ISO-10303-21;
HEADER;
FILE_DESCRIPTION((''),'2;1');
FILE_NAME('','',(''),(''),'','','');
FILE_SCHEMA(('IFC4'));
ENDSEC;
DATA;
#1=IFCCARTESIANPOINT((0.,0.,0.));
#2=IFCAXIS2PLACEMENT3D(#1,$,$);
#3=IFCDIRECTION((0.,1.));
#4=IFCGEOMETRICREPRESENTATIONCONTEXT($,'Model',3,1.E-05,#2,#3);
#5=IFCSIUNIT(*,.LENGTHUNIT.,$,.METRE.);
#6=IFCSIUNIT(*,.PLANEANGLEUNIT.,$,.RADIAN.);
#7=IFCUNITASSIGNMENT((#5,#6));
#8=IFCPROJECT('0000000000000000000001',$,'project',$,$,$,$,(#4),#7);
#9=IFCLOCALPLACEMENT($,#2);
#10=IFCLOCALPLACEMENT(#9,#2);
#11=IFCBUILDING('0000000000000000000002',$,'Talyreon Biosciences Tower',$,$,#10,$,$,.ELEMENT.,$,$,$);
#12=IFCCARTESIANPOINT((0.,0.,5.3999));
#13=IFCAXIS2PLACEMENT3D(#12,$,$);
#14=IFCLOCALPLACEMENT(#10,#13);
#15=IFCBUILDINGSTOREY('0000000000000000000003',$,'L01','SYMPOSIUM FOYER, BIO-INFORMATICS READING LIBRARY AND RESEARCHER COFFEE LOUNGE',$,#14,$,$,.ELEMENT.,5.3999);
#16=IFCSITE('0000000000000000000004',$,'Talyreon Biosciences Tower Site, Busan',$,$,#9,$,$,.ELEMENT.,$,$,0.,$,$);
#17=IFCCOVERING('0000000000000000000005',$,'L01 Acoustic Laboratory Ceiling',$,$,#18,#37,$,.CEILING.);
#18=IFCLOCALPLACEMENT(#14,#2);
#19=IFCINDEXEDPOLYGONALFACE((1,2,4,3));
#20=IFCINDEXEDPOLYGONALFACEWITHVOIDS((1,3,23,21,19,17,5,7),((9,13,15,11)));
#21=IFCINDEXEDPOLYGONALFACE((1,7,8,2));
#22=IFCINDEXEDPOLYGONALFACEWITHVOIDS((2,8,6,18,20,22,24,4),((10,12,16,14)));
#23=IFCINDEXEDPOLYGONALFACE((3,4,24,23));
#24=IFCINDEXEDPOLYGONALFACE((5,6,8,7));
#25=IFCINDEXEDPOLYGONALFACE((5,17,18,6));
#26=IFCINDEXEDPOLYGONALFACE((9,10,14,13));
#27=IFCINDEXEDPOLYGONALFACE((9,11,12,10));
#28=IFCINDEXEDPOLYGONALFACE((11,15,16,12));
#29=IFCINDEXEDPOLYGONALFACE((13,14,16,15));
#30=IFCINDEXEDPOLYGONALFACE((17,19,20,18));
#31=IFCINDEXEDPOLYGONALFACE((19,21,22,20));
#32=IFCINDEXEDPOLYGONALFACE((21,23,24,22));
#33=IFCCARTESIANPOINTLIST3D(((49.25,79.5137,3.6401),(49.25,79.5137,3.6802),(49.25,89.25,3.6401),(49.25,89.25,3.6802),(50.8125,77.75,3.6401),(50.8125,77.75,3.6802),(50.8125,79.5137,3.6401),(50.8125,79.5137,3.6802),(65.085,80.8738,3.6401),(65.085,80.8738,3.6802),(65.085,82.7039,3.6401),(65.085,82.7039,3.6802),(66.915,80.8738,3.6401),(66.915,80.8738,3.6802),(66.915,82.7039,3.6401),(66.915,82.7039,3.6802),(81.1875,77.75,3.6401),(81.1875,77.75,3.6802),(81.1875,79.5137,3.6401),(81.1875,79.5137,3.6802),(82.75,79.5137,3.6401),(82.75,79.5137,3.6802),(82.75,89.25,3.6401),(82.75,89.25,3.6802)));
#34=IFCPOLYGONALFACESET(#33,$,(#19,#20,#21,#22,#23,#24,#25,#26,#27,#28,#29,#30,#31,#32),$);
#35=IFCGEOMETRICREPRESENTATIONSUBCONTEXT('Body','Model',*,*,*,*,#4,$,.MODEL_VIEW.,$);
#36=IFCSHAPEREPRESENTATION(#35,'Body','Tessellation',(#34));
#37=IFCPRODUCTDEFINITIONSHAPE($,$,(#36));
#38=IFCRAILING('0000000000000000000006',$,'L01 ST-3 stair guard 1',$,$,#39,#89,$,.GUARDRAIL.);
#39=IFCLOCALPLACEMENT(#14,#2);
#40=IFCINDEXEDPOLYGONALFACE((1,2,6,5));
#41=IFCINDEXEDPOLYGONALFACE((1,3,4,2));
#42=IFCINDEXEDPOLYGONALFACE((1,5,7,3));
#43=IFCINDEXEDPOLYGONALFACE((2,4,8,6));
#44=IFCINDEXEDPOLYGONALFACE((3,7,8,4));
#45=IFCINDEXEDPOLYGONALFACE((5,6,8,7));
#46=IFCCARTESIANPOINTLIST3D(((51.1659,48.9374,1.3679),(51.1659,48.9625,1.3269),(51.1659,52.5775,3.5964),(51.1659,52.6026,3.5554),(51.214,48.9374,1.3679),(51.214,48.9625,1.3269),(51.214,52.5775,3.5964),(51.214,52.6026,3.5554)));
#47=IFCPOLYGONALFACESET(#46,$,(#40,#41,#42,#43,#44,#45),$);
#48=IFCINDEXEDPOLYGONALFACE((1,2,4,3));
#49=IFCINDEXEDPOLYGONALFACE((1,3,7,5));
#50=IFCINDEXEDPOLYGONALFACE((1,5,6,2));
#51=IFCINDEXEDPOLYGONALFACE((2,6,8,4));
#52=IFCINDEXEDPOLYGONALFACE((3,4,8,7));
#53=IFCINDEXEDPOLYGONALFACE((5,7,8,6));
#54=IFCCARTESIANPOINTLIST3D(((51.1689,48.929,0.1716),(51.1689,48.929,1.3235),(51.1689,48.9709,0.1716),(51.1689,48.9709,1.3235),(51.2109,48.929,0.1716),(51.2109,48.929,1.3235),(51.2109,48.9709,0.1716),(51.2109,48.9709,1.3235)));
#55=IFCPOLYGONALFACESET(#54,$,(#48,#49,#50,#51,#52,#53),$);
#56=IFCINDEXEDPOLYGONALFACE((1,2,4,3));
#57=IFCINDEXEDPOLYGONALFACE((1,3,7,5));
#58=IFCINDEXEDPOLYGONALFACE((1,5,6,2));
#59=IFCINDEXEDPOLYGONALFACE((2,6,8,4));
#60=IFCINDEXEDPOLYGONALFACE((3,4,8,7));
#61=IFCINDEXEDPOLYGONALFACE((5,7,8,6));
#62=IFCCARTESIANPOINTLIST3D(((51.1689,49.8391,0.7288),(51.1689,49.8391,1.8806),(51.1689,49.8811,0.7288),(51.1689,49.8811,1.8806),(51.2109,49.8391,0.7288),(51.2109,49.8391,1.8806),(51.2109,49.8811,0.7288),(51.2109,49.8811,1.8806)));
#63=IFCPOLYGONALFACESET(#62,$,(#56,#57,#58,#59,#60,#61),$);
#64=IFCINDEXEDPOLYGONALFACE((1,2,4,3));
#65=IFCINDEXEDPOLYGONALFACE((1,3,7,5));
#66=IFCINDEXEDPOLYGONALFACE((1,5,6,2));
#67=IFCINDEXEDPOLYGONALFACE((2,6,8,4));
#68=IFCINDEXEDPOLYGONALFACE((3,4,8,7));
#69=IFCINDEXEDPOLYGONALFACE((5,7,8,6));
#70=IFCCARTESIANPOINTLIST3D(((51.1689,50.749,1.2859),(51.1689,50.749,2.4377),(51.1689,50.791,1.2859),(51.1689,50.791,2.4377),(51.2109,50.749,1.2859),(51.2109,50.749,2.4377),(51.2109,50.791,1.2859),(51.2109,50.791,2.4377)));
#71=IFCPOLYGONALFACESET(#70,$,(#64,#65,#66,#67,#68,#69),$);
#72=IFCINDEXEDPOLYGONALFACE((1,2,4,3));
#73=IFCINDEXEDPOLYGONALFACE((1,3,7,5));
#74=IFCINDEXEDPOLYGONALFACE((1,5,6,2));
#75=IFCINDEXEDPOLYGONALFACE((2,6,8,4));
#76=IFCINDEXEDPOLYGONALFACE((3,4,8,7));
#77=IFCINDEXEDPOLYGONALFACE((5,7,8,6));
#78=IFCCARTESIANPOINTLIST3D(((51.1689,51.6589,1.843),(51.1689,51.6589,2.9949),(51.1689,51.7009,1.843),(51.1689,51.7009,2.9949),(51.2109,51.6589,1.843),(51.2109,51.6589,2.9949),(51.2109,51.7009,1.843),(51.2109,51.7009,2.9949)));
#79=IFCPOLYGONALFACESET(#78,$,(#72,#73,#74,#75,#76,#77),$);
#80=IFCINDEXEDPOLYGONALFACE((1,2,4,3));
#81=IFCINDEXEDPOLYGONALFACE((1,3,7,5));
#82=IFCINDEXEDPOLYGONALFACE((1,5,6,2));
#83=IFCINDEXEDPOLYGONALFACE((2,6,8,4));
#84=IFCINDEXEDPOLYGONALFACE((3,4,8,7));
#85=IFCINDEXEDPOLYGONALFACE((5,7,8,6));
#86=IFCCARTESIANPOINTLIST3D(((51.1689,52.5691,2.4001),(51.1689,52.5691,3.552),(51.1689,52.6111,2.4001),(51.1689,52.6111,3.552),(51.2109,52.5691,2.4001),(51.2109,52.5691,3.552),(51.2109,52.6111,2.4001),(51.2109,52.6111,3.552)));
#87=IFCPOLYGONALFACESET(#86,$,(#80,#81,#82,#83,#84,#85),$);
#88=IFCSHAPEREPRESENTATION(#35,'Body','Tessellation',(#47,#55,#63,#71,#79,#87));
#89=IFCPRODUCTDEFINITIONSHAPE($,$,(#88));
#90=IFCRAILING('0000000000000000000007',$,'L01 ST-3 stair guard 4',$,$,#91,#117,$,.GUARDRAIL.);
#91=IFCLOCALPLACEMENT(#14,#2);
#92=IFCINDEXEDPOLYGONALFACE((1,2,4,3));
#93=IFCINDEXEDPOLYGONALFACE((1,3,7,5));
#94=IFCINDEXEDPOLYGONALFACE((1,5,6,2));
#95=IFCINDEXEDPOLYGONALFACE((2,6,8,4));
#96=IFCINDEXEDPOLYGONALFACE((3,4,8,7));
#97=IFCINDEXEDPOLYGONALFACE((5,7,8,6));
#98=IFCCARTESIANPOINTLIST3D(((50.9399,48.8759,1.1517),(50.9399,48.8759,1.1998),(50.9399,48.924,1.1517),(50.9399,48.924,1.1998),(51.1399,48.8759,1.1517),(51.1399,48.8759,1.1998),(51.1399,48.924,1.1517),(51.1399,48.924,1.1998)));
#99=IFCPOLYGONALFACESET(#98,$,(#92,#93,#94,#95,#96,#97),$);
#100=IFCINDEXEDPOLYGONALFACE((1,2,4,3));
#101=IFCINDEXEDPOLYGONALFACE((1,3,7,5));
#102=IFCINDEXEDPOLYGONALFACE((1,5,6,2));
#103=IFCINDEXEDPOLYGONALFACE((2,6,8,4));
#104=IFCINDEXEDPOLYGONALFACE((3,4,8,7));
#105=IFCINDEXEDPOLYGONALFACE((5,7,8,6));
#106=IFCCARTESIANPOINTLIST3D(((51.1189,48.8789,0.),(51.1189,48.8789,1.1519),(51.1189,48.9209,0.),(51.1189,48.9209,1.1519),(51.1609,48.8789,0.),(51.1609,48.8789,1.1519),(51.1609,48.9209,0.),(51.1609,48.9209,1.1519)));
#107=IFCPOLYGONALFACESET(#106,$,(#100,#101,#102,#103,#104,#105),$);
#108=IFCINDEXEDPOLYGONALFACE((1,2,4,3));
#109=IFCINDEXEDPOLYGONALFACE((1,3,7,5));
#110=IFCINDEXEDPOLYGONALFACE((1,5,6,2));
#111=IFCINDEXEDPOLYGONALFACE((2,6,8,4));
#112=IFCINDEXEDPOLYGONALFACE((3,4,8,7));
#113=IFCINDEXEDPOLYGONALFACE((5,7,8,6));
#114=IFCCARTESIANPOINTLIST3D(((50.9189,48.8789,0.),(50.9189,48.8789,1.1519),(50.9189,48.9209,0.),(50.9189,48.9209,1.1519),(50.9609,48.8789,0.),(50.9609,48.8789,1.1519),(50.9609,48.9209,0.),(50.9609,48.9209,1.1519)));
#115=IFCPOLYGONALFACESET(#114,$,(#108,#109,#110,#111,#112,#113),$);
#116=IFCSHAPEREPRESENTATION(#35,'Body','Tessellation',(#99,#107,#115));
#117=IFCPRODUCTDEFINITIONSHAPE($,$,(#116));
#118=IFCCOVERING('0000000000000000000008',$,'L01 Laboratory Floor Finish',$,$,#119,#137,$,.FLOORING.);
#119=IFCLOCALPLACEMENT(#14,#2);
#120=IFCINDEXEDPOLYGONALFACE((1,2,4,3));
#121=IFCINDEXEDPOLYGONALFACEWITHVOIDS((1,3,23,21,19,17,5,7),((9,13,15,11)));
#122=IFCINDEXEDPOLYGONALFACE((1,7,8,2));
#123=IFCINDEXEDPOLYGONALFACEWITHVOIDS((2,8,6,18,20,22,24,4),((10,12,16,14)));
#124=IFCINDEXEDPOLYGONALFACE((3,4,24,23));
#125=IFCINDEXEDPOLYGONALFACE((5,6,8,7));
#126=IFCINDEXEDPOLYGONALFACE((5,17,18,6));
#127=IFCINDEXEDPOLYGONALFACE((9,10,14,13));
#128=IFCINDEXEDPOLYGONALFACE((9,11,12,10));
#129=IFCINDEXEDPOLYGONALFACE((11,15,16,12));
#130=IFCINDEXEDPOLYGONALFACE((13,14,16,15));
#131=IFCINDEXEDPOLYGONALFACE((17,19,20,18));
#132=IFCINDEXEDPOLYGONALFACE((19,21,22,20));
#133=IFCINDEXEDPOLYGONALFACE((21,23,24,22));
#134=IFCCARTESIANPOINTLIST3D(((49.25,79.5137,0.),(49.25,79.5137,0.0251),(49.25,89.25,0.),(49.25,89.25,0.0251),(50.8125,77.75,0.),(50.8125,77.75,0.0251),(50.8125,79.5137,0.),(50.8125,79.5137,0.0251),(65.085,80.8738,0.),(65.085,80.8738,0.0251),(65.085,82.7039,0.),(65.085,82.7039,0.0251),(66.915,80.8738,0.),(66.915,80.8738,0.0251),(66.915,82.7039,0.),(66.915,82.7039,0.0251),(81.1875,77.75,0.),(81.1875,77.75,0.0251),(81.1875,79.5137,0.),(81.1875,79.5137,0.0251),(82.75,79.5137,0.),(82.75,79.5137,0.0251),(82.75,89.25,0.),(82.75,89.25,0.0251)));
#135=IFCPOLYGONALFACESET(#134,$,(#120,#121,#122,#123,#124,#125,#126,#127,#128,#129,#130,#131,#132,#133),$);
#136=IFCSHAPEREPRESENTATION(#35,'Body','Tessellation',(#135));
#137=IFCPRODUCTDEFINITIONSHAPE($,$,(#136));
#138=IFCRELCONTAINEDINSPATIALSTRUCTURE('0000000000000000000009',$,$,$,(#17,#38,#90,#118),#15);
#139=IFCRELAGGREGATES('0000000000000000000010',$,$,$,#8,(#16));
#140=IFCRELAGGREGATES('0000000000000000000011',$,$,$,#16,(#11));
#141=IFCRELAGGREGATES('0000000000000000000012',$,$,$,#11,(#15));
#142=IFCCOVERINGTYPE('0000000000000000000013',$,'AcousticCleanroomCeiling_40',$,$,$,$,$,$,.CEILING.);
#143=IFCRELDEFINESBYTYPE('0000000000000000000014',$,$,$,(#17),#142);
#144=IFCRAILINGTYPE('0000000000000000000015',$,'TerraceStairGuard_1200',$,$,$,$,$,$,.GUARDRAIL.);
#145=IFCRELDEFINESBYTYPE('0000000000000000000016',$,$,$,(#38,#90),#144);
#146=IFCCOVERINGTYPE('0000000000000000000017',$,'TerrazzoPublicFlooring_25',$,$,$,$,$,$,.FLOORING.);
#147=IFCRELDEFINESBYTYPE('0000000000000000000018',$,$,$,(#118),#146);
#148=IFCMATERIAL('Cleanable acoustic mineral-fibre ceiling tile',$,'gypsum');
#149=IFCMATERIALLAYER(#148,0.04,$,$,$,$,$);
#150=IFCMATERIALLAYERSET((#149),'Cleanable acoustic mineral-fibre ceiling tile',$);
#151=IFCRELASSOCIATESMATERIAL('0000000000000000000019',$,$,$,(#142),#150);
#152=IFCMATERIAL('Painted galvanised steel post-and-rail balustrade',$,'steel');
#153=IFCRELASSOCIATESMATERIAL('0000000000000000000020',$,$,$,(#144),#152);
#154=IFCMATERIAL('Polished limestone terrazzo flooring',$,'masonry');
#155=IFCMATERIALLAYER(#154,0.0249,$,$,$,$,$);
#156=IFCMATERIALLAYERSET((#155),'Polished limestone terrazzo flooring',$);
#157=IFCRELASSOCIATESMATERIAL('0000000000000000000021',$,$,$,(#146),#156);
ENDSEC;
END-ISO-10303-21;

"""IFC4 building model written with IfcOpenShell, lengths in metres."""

from ifc_helpers import new_model, si_unit, direction, frame, origin, origin_2d, place, context, subcontext, project, spatial, polyline, rectangle, outline, extrude, material, layer, layer_set, type_object, element, save


model = new_model("IFC4")

# Units and contexts
model_context = context("Model", 3, precision=1e-05, world=origin(), true_north=direction((0.0, 1.0)))
body_context = subcontext(model_context, "Body", "Model", "MODEL_VIEW")
ifc_project = project(units=[si_unit("LENGTHUNIT", "METRE"), si_unit("PLANEANGLEUNIT", "RADIAN")], contexts=[model_context])

# Site, building, storey
site_placement = place(None, origin())
site = spatial("IfcSite", under=ifc_project, at=site_placement, Name="Talyreon Biosciences Tower Site, Busan", CompositionType="ELEMENT", RefElevation=0.0)
building_placement = place(site_placement, origin())
building = spatial("IfcBuilding", under=site, at=building_placement, Name="Talyreon Biosciences Tower", CompositionType="ELEMENT")
storey_placement = place(building_placement, frame((0.0, 0.0, 5.3999)))
storey = spatial("IfcBuildingStorey", under=building, at=storey_placement, Name="L01", Description="SYMPOSIUM FOYER, BIO-INFORMATICS READING LIBRARY AND RESEARCHER COFFEE LOUNGE", CompositionType="ELEMENT", Elevation=5.3999)

# Covering
ifc_material_1 = material(Name="Cleanable acoustic mineral-fibre ceiling tile", Category="gypsum")
ifc_layer_1 = layer(ifc_material_1, 0.04)
ifc_layer_set_1 = layer_set([ifc_layer_1], Name="Cleanable acoustic mineral-fibre ceiling tile")
covering_type_1 = type_object("IfcCoveringType", Name="AcousticCleanroomCeiling_40", PredefinedType="CEILING", material=ifc_layer_set_1)
covering_1_placement = place(storey_placement, frame((0.0, 0.0, 3.6401)))
element("IfcCovering", 1, at=covering_1_placement, inside=storey, type_object=covering_type_1, Name="L01 Acoustic Laboratory Ceiling", PredefinedType="CEILING", context=body_context, shape_type="SweptSolid", body=[
    extrude(outline(polyline([(82.75, 89.25), (82.75, 79.5137), (81.1875, 79.5137), (81.1875, 77.75), (50.8125, 77.75), (50.8125, 79.5137), (49.25, 79.5137), (49.25, 89.25), (82.75, 89.25)]), holes=[polyline([(65.085, 80.8738), (66.915, 80.8738), (66.915, 82.7039), (65.085, 82.7039), (65.085, 80.8738)])]), origin(), (0.0, 0.0, 1.0), 0.04),
])

# Railings
ifc_material_2 = material(Name="Painted galvanised steel post-and-rail balustrade", Category="steel")
railing_type = type_object("IfcRailingType", Name="TerraceStairGuard_1200", PredefinedType="GUARDRAIL", material=ifc_material_2)
railing_1_placement = place(storey_placement, frame((51.1899, 48.95, 0.1716)))
element("IfcRailing", 2, at=railing_1_placement, inside=storey, type_object=railing_type, Name="L01 ST-3 stair guard 1", PredefinedType="GUARDRAIL", context=body_context, shape_type="SweptSolid", body=[
    extrude(rectangle(XDim=0.0481, YDim=0.0481, at=origin_2d()), frame((0.0, 0.0, 1.1758), z_axis=(0.0, 0.852866, 0.52213), x_axis=(-1.0, 0.0, 0.0)), (0.0, 0.0, 1.0), 4.2681),
    extrude(rectangle(XDim=0.042, YDim=0.042, at=origin_2d()), origin(), (0.0, 0.0, 1.0), 1.1519),
    extrude(rectangle(XDim=0.042, YDim=0.042, at=origin_2d()), frame((0.0, 0.9102, 0.5571)), (0.0, 0.0, 1.0), 1.1519),
    extrude(rectangle(XDim=0.042, YDim=0.042, at=origin_2d()), frame((0.0, 1.8201, 1.1143)), (0.0, 0.0, 1.0), 1.1519),
    extrude(rectangle(XDim=0.042, YDim=0.042, at=origin_2d()), frame((0.0, 2.73, 1.6714)), (0.0, 0.0, 1.0), 1.1519),
    extrude(rectangle(XDim=0.042, YDim=0.042, at=origin_2d()), frame((0.0, 3.6401, 2.2285)), (0.0, 0.0, 1.0), 1.1519),
])
railing_2_placement = place(storey_placement, frame((51.1399, 48.8999, 0.0)))
element("IfcRailing", 3, at=railing_2_placement, inside=storey, type_object=railing_type, Name="L01 ST-3 stair guard 4", PredefinedType="GUARDRAIL", context=body_context, shape_type="SweptSolid", body=[
    extrude(rectangle(XDim=0.0481, YDim=0.0481, at=origin_2d()), frame((0.0, 0.0, 1.1758), z_axis=(-1.0, 0.0, 0.0), x_axis=(0.0, -1.0, 0.0)), (0.0, 0.0, 1.0), 0.2),
    extrude(rectangle(XDim=0.042, YDim=0.042, at=origin_2d()), origin(), (0.0, 0.0, 1.0), 1.1519),
    extrude(rectangle(XDim=0.042, YDim=0.042, at=origin_2d()), frame((-0.2, 0.0, 0.0)), (0.0, 0.0, 1.0), 1.1519),
])

# Covering
ifc_material_3 = material(Name="Polished limestone terrazzo flooring", Category="masonry")
ifc_layer_2 = layer(ifc_material_3, 0.0249)
ifc_layer_set_2 = layer_set([ifc_layer_2], Name="Polished limestone terrazzo flooring")
covering_type_2 = type_object("IfcCoveringType", Name="TerrazzoPublicFlooring_25", PredefinedType="FLOORING", material=ifc_layer_set_2)
covering_2_placement = place(storey_placement, origin())
element("IfcCovering", 4, at=covering_2_placement, inside=storey, type_object=covering_type_2, Name="L01 Laboratory Floor Finish", PredefinedType="FLOORING", context=body_context, shape_type="SweptSolid", body=[
    extrude(outline(polyline([(82.75, 89.25), (82.75, 79.5137), (81.1875, 79.5137), (81.1875, 77.75), (50.8125, 77.75), (50.8125, 79.5137), (49.25, 79.5137), (49.25, 89.25), (82.75, 89.25)]), holes=[polyline([(65.085, 80.8738), (66.915, 80.8738), (66.915, 82.7039), (65.085, 82.7039), (65.085, 80.8738)])]), origin(), (0.0, 0.0, 1.0), 0.0251),
])

save(model, "model.ifc")
